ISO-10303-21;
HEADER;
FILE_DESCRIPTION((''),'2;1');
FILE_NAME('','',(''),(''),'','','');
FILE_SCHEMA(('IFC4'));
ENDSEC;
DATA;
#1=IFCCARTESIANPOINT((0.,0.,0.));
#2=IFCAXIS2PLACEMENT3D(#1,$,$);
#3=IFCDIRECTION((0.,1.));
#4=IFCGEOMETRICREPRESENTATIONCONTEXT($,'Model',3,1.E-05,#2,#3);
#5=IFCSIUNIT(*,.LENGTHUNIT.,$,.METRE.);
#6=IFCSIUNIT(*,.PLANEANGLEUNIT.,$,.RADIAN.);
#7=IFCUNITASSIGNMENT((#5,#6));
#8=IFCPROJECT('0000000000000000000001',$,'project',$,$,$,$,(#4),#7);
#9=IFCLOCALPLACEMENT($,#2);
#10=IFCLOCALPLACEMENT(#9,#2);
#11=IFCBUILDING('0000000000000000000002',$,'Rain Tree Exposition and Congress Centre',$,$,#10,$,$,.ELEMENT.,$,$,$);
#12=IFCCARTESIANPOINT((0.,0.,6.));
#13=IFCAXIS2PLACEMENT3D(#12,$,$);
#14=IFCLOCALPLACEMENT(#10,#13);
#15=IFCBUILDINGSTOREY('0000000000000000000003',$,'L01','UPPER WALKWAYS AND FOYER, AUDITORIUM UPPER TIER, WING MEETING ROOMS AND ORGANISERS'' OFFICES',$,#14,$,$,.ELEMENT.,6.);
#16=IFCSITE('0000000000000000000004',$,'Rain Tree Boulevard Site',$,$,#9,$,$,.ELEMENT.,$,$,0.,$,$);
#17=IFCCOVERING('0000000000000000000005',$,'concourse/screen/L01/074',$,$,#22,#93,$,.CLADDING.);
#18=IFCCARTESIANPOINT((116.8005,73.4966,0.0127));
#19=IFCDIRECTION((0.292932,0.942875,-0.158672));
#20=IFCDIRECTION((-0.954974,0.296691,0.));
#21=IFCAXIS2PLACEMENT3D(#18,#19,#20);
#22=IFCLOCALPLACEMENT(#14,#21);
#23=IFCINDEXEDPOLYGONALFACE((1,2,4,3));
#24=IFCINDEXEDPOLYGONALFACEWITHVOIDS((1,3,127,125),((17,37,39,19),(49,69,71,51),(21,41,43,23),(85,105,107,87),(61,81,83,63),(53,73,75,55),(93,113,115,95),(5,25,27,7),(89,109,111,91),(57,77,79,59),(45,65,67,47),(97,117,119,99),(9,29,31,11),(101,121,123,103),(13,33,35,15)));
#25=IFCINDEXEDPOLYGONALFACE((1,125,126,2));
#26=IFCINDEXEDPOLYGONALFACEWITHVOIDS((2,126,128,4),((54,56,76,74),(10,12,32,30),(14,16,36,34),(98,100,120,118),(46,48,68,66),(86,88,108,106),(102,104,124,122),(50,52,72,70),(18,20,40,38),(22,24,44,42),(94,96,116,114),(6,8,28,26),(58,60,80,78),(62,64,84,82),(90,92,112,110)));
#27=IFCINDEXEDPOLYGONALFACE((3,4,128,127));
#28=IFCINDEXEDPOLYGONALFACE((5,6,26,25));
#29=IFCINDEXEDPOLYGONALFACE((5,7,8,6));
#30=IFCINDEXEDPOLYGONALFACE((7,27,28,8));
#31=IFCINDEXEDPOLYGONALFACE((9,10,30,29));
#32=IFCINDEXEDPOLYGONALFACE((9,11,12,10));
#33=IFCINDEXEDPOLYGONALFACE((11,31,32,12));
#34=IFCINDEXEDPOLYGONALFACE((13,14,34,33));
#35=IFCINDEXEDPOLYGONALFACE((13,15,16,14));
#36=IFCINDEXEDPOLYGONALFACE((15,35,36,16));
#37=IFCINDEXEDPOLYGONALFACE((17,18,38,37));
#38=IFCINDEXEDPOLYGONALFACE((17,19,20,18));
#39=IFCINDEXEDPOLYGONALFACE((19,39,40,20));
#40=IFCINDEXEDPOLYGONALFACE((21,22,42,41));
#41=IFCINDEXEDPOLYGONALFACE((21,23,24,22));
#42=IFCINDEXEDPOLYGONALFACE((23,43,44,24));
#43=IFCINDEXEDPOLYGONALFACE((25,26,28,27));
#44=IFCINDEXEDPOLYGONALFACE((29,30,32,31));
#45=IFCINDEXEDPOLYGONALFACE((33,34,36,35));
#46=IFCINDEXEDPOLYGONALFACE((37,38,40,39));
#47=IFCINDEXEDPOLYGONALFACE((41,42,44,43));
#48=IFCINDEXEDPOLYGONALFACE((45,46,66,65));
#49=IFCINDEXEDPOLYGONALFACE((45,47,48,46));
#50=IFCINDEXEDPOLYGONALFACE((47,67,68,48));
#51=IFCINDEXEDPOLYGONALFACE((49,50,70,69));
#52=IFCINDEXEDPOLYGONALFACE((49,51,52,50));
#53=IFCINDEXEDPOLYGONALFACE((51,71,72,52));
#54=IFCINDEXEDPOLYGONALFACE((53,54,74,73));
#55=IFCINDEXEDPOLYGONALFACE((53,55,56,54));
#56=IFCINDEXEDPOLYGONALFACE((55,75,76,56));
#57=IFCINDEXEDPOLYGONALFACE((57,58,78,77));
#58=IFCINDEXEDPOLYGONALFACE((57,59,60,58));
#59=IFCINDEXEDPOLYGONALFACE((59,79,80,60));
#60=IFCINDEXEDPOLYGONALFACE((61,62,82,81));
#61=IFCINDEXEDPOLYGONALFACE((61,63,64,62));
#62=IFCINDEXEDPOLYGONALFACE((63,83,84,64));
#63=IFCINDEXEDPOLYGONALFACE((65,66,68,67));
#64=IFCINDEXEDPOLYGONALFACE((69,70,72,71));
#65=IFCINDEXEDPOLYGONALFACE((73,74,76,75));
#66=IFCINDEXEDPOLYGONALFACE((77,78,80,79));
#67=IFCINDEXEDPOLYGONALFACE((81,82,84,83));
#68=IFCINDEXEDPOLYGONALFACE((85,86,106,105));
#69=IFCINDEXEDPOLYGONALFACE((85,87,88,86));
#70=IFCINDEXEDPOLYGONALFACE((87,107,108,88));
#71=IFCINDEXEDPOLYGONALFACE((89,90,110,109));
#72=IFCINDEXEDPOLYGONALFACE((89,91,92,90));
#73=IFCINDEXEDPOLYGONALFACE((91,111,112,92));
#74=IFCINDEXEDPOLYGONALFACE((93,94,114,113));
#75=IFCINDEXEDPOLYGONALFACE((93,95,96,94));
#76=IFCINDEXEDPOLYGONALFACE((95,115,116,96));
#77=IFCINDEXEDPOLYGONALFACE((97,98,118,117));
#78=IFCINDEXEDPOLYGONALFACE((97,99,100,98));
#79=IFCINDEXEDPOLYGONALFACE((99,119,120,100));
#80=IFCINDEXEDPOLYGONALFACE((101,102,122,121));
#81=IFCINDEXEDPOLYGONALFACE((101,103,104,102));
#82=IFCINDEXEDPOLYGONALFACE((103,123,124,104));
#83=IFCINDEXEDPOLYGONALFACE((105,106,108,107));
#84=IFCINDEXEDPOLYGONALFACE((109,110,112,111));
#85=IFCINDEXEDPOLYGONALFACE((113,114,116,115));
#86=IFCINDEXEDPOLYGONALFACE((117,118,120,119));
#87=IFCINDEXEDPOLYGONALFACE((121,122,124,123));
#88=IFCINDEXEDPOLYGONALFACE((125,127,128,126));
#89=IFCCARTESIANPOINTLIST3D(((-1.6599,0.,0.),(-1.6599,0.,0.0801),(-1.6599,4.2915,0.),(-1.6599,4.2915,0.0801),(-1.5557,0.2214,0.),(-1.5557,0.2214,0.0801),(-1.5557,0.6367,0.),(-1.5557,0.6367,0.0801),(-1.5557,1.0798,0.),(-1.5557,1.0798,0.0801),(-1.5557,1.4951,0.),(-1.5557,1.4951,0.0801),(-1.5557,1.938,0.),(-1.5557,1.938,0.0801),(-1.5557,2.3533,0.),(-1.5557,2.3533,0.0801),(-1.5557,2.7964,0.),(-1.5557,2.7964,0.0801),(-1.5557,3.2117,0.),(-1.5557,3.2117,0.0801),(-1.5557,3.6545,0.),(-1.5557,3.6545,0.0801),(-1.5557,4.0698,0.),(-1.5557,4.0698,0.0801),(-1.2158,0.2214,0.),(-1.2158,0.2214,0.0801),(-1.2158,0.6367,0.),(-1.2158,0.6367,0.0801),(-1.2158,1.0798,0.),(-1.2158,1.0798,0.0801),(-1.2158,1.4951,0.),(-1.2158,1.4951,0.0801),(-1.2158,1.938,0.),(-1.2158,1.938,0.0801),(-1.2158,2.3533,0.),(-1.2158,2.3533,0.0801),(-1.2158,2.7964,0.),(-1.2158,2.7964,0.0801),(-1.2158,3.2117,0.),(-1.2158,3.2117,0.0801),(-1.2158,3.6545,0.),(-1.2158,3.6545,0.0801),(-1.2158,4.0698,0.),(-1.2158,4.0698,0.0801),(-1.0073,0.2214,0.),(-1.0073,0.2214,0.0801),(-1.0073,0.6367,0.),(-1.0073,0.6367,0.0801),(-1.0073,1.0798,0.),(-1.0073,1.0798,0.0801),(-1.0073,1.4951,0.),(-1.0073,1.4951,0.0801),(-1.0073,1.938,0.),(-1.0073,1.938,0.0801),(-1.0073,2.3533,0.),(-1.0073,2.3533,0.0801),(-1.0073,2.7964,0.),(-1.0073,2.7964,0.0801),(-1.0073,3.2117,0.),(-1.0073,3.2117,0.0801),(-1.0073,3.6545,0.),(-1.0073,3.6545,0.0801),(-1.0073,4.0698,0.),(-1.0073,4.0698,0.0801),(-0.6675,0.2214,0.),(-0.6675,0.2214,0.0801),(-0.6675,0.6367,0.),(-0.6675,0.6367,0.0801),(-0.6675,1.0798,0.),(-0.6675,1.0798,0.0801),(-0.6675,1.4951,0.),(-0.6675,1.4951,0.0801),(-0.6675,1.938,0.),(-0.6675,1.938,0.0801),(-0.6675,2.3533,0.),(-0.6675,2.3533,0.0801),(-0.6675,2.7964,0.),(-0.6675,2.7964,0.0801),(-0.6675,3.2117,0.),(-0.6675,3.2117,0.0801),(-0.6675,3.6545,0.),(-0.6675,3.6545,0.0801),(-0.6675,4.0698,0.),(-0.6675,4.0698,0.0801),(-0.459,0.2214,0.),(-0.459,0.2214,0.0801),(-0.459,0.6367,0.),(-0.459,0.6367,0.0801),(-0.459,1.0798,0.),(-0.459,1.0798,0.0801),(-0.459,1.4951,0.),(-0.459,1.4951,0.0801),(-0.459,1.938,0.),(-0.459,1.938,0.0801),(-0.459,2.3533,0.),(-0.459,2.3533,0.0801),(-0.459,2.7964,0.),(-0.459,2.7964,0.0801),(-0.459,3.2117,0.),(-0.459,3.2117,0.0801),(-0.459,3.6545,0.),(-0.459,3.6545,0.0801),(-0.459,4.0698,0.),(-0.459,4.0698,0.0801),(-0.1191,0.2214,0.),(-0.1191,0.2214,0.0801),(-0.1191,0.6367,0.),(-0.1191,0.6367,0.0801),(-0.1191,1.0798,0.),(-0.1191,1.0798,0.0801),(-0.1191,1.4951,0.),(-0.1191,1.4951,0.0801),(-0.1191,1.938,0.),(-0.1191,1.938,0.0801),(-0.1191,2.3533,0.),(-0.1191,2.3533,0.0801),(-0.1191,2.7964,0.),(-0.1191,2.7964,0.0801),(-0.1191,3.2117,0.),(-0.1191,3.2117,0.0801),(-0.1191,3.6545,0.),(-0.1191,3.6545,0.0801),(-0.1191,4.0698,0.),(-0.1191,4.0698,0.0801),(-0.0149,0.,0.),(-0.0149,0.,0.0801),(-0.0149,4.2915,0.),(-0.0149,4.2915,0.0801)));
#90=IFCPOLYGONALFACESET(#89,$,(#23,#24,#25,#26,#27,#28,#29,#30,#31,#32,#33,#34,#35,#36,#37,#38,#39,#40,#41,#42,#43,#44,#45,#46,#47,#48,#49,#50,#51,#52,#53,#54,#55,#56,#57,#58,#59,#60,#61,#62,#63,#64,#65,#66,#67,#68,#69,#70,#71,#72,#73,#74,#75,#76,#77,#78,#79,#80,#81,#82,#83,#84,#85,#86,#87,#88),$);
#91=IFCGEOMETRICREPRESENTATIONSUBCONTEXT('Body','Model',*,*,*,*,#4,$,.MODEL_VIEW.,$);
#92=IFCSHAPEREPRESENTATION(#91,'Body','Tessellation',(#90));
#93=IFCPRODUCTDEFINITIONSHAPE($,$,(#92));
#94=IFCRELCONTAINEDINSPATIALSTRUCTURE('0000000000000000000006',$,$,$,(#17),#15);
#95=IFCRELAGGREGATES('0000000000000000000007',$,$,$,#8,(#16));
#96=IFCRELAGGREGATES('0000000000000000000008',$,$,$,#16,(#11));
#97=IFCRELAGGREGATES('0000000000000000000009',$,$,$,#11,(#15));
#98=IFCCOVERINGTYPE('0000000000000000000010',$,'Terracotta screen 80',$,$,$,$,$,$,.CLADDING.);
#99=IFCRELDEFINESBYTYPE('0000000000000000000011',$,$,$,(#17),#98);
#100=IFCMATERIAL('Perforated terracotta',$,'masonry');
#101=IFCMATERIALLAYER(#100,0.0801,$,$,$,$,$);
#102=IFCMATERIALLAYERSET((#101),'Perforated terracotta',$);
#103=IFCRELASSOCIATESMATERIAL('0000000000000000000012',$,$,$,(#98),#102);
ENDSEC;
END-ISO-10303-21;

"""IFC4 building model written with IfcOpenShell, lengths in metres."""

from ifc_helpers import new_model, si_unit, direction, frame, origin, place, context, subcontext, project, spatial, polyline, outline, extrude, material, layer, layer_set, type_object, element, save


model = new_model("IFC4")

# Units and contexts
model_context = context("Model", 3, precision=1e-05, world=origin(), true_north=direction((0.0, 1.0)))
body_context = subcontext(model_context, "Body", "Model", "MODEL_VIEW")
ifc_project = project(units=[si_unit("LENGTHUNIT", "METRE"), si_unit("PLANEANGLEUNIT", "RADIAN")], contexts=[model_context])

# Site, building, storey
site_placement = place(None, origin())
site = spatial("IfcSite", under=ifc_project, at=site_placement, Name="Rain Tree Boulevard Site", CompositionType="ELEMENT", RefElevation=0.0)
building_placement = place(site_placement, origin())
building = spatial("IfcBuilding", under=site, at=building_placement, Name="Rain Tree Exposition and Congress Centre", CompositionType="ELEMENT")
storey_placement = place(building_placement, frame((0.0, 0.0, 6.0)))
storey = spatial("IfcBuildingStorey", under=building, at=storey_placement, Name="L01", Description="UPPER WALKWAYS AND FOYER, AUDITORIUM UPPER TIER, WING MEETING ROOMS AND ORGANISERS' OFFICES", CompositionType="ELEMENT", Elevation=6.0)

# Covering
ifc_material_1 = material(Name="Perforated terracotta", Category="masonry")
ifc_layer = layer(ifc_material_1, 0.0801)
ifc_layer_set = layer_set([ifc_layer], Name="Perforated terracotta")
covering_type = type_object("IfcCoveringType", Name="Terracotta screen 80", PredefinedType="CLADDING", material=ifc_layer_set)
covering_1_placement = place(storey_placement, frame((116.8005, 73.4966, 0.0127), z_axis=(0.292932, 0.942875, -0.158672), x_axis=(-0.954974, 0.296691, 0.0)))
element("IfcCovering", 1, at=covering_1_placement, inside=storey, type_object=covering_type, Name="concourse/screen/L01/074", PredefinedType="CLADDING", context=body_context, shape_type="SweptSolid", body=[
    extrude(outline(polyline([(-1.6599, 0.0), (-1.6599, 4.2915), (-0.0149, 4.2915), (-0.0149, 0.0), (-1.6599, 0.0)]), holes=[polyline([(-0.1191, 0.2214), (-0.1191, 0.6367), (-0.459, 0.6367), (-0.459, 0.2214), (-0.1191, 0.2214)]), polyline([(-0.1191, 1.0798), (-0.1191, 1.4951), (-0.459, 1.4951), (-0.459, 1.0798), (-0.1191, 1.0798)]), polyline([(-0.1191, 1.938), (-0.1191, 2.3533), (-0.459, 2.3533), (-0.459, 1.938), (-0.1191, 1.938)]), polyline([(-0.1191, 2.7964), (-0.1191, 3.2117), (-0.459, 3.2117), (-0.459, 2.7964), (-0.1191, 2.7964)]), polyline([(-0.1191, 3.6545), (-0.1191, 4.0698), (-0.459, 4.0698), (-0.459, 3.6545), (-0.1191, 3.6545)]), polyline([(-0.6675, 0.2214), (-0.6675, 0.6367), (-1.0073, 0.6367), (-1.0073, 0.2214), (-0.6675, 0.2214)]), polyline([(-0.6675, 1.0798), (-0.6675, 1.4951), (-1.0073, 1.4951), (-1.0073, 1.0798), (-0.6675, 1.0798)]), polyline([(-0.6675, 1.938), (-0.6675, 2.3533), (-1.0073, 2.3533), (-1.0073, 1.938), (-0.6675, 1.938)]), polyline([(-0.6675, 2.7964), (-0.6675, 3.2117), (-1.0073, 3.2117), (-1.0073, 2.7964), (-0.6675, 2.7964)]), polyline([(-0.6675, 3.6545), (-0.6675, 4.0698), (-1.0073, 4.0698), (-1.0073, 3.6545), (-0.6675, 3.6545)]), polyline([(-1.2158, 0.2214), (-1.2158, 0.6367), (-1.5557, 0.6367), (-1.5557, 0.2214), (-1.2158, 0.2214)]), polyline([(-1.2158, 1.0798), (-1.2158, 1.4951), (-1.5557, 1.4951), (-1.5557, 1.0798), (-1.2158, 1.0798)]), polyline([(-1.2158, 1.938), (-1.2158, 2.3533), (-1.5557, 2.3533), (-1.5557, 1.938), (-1.2158, 1.938)]), polyline([(-1.2158, 2.7964), (-1.2158, 3.2117), (-1.5557, 3.2117), (-1.5557, 2.7964), (-1.2158, 2.7964)]), polyline([(-1.2158, 3.6545), (-1.2158, 4.0698), (-1.5557, 4.0698), (-1.5557, 3.6545), (-1.2158, 3.6545)])]), origin(), (0.0, 0.0, 1.0), 0.0801),
])

save(model, "model.ifc")
